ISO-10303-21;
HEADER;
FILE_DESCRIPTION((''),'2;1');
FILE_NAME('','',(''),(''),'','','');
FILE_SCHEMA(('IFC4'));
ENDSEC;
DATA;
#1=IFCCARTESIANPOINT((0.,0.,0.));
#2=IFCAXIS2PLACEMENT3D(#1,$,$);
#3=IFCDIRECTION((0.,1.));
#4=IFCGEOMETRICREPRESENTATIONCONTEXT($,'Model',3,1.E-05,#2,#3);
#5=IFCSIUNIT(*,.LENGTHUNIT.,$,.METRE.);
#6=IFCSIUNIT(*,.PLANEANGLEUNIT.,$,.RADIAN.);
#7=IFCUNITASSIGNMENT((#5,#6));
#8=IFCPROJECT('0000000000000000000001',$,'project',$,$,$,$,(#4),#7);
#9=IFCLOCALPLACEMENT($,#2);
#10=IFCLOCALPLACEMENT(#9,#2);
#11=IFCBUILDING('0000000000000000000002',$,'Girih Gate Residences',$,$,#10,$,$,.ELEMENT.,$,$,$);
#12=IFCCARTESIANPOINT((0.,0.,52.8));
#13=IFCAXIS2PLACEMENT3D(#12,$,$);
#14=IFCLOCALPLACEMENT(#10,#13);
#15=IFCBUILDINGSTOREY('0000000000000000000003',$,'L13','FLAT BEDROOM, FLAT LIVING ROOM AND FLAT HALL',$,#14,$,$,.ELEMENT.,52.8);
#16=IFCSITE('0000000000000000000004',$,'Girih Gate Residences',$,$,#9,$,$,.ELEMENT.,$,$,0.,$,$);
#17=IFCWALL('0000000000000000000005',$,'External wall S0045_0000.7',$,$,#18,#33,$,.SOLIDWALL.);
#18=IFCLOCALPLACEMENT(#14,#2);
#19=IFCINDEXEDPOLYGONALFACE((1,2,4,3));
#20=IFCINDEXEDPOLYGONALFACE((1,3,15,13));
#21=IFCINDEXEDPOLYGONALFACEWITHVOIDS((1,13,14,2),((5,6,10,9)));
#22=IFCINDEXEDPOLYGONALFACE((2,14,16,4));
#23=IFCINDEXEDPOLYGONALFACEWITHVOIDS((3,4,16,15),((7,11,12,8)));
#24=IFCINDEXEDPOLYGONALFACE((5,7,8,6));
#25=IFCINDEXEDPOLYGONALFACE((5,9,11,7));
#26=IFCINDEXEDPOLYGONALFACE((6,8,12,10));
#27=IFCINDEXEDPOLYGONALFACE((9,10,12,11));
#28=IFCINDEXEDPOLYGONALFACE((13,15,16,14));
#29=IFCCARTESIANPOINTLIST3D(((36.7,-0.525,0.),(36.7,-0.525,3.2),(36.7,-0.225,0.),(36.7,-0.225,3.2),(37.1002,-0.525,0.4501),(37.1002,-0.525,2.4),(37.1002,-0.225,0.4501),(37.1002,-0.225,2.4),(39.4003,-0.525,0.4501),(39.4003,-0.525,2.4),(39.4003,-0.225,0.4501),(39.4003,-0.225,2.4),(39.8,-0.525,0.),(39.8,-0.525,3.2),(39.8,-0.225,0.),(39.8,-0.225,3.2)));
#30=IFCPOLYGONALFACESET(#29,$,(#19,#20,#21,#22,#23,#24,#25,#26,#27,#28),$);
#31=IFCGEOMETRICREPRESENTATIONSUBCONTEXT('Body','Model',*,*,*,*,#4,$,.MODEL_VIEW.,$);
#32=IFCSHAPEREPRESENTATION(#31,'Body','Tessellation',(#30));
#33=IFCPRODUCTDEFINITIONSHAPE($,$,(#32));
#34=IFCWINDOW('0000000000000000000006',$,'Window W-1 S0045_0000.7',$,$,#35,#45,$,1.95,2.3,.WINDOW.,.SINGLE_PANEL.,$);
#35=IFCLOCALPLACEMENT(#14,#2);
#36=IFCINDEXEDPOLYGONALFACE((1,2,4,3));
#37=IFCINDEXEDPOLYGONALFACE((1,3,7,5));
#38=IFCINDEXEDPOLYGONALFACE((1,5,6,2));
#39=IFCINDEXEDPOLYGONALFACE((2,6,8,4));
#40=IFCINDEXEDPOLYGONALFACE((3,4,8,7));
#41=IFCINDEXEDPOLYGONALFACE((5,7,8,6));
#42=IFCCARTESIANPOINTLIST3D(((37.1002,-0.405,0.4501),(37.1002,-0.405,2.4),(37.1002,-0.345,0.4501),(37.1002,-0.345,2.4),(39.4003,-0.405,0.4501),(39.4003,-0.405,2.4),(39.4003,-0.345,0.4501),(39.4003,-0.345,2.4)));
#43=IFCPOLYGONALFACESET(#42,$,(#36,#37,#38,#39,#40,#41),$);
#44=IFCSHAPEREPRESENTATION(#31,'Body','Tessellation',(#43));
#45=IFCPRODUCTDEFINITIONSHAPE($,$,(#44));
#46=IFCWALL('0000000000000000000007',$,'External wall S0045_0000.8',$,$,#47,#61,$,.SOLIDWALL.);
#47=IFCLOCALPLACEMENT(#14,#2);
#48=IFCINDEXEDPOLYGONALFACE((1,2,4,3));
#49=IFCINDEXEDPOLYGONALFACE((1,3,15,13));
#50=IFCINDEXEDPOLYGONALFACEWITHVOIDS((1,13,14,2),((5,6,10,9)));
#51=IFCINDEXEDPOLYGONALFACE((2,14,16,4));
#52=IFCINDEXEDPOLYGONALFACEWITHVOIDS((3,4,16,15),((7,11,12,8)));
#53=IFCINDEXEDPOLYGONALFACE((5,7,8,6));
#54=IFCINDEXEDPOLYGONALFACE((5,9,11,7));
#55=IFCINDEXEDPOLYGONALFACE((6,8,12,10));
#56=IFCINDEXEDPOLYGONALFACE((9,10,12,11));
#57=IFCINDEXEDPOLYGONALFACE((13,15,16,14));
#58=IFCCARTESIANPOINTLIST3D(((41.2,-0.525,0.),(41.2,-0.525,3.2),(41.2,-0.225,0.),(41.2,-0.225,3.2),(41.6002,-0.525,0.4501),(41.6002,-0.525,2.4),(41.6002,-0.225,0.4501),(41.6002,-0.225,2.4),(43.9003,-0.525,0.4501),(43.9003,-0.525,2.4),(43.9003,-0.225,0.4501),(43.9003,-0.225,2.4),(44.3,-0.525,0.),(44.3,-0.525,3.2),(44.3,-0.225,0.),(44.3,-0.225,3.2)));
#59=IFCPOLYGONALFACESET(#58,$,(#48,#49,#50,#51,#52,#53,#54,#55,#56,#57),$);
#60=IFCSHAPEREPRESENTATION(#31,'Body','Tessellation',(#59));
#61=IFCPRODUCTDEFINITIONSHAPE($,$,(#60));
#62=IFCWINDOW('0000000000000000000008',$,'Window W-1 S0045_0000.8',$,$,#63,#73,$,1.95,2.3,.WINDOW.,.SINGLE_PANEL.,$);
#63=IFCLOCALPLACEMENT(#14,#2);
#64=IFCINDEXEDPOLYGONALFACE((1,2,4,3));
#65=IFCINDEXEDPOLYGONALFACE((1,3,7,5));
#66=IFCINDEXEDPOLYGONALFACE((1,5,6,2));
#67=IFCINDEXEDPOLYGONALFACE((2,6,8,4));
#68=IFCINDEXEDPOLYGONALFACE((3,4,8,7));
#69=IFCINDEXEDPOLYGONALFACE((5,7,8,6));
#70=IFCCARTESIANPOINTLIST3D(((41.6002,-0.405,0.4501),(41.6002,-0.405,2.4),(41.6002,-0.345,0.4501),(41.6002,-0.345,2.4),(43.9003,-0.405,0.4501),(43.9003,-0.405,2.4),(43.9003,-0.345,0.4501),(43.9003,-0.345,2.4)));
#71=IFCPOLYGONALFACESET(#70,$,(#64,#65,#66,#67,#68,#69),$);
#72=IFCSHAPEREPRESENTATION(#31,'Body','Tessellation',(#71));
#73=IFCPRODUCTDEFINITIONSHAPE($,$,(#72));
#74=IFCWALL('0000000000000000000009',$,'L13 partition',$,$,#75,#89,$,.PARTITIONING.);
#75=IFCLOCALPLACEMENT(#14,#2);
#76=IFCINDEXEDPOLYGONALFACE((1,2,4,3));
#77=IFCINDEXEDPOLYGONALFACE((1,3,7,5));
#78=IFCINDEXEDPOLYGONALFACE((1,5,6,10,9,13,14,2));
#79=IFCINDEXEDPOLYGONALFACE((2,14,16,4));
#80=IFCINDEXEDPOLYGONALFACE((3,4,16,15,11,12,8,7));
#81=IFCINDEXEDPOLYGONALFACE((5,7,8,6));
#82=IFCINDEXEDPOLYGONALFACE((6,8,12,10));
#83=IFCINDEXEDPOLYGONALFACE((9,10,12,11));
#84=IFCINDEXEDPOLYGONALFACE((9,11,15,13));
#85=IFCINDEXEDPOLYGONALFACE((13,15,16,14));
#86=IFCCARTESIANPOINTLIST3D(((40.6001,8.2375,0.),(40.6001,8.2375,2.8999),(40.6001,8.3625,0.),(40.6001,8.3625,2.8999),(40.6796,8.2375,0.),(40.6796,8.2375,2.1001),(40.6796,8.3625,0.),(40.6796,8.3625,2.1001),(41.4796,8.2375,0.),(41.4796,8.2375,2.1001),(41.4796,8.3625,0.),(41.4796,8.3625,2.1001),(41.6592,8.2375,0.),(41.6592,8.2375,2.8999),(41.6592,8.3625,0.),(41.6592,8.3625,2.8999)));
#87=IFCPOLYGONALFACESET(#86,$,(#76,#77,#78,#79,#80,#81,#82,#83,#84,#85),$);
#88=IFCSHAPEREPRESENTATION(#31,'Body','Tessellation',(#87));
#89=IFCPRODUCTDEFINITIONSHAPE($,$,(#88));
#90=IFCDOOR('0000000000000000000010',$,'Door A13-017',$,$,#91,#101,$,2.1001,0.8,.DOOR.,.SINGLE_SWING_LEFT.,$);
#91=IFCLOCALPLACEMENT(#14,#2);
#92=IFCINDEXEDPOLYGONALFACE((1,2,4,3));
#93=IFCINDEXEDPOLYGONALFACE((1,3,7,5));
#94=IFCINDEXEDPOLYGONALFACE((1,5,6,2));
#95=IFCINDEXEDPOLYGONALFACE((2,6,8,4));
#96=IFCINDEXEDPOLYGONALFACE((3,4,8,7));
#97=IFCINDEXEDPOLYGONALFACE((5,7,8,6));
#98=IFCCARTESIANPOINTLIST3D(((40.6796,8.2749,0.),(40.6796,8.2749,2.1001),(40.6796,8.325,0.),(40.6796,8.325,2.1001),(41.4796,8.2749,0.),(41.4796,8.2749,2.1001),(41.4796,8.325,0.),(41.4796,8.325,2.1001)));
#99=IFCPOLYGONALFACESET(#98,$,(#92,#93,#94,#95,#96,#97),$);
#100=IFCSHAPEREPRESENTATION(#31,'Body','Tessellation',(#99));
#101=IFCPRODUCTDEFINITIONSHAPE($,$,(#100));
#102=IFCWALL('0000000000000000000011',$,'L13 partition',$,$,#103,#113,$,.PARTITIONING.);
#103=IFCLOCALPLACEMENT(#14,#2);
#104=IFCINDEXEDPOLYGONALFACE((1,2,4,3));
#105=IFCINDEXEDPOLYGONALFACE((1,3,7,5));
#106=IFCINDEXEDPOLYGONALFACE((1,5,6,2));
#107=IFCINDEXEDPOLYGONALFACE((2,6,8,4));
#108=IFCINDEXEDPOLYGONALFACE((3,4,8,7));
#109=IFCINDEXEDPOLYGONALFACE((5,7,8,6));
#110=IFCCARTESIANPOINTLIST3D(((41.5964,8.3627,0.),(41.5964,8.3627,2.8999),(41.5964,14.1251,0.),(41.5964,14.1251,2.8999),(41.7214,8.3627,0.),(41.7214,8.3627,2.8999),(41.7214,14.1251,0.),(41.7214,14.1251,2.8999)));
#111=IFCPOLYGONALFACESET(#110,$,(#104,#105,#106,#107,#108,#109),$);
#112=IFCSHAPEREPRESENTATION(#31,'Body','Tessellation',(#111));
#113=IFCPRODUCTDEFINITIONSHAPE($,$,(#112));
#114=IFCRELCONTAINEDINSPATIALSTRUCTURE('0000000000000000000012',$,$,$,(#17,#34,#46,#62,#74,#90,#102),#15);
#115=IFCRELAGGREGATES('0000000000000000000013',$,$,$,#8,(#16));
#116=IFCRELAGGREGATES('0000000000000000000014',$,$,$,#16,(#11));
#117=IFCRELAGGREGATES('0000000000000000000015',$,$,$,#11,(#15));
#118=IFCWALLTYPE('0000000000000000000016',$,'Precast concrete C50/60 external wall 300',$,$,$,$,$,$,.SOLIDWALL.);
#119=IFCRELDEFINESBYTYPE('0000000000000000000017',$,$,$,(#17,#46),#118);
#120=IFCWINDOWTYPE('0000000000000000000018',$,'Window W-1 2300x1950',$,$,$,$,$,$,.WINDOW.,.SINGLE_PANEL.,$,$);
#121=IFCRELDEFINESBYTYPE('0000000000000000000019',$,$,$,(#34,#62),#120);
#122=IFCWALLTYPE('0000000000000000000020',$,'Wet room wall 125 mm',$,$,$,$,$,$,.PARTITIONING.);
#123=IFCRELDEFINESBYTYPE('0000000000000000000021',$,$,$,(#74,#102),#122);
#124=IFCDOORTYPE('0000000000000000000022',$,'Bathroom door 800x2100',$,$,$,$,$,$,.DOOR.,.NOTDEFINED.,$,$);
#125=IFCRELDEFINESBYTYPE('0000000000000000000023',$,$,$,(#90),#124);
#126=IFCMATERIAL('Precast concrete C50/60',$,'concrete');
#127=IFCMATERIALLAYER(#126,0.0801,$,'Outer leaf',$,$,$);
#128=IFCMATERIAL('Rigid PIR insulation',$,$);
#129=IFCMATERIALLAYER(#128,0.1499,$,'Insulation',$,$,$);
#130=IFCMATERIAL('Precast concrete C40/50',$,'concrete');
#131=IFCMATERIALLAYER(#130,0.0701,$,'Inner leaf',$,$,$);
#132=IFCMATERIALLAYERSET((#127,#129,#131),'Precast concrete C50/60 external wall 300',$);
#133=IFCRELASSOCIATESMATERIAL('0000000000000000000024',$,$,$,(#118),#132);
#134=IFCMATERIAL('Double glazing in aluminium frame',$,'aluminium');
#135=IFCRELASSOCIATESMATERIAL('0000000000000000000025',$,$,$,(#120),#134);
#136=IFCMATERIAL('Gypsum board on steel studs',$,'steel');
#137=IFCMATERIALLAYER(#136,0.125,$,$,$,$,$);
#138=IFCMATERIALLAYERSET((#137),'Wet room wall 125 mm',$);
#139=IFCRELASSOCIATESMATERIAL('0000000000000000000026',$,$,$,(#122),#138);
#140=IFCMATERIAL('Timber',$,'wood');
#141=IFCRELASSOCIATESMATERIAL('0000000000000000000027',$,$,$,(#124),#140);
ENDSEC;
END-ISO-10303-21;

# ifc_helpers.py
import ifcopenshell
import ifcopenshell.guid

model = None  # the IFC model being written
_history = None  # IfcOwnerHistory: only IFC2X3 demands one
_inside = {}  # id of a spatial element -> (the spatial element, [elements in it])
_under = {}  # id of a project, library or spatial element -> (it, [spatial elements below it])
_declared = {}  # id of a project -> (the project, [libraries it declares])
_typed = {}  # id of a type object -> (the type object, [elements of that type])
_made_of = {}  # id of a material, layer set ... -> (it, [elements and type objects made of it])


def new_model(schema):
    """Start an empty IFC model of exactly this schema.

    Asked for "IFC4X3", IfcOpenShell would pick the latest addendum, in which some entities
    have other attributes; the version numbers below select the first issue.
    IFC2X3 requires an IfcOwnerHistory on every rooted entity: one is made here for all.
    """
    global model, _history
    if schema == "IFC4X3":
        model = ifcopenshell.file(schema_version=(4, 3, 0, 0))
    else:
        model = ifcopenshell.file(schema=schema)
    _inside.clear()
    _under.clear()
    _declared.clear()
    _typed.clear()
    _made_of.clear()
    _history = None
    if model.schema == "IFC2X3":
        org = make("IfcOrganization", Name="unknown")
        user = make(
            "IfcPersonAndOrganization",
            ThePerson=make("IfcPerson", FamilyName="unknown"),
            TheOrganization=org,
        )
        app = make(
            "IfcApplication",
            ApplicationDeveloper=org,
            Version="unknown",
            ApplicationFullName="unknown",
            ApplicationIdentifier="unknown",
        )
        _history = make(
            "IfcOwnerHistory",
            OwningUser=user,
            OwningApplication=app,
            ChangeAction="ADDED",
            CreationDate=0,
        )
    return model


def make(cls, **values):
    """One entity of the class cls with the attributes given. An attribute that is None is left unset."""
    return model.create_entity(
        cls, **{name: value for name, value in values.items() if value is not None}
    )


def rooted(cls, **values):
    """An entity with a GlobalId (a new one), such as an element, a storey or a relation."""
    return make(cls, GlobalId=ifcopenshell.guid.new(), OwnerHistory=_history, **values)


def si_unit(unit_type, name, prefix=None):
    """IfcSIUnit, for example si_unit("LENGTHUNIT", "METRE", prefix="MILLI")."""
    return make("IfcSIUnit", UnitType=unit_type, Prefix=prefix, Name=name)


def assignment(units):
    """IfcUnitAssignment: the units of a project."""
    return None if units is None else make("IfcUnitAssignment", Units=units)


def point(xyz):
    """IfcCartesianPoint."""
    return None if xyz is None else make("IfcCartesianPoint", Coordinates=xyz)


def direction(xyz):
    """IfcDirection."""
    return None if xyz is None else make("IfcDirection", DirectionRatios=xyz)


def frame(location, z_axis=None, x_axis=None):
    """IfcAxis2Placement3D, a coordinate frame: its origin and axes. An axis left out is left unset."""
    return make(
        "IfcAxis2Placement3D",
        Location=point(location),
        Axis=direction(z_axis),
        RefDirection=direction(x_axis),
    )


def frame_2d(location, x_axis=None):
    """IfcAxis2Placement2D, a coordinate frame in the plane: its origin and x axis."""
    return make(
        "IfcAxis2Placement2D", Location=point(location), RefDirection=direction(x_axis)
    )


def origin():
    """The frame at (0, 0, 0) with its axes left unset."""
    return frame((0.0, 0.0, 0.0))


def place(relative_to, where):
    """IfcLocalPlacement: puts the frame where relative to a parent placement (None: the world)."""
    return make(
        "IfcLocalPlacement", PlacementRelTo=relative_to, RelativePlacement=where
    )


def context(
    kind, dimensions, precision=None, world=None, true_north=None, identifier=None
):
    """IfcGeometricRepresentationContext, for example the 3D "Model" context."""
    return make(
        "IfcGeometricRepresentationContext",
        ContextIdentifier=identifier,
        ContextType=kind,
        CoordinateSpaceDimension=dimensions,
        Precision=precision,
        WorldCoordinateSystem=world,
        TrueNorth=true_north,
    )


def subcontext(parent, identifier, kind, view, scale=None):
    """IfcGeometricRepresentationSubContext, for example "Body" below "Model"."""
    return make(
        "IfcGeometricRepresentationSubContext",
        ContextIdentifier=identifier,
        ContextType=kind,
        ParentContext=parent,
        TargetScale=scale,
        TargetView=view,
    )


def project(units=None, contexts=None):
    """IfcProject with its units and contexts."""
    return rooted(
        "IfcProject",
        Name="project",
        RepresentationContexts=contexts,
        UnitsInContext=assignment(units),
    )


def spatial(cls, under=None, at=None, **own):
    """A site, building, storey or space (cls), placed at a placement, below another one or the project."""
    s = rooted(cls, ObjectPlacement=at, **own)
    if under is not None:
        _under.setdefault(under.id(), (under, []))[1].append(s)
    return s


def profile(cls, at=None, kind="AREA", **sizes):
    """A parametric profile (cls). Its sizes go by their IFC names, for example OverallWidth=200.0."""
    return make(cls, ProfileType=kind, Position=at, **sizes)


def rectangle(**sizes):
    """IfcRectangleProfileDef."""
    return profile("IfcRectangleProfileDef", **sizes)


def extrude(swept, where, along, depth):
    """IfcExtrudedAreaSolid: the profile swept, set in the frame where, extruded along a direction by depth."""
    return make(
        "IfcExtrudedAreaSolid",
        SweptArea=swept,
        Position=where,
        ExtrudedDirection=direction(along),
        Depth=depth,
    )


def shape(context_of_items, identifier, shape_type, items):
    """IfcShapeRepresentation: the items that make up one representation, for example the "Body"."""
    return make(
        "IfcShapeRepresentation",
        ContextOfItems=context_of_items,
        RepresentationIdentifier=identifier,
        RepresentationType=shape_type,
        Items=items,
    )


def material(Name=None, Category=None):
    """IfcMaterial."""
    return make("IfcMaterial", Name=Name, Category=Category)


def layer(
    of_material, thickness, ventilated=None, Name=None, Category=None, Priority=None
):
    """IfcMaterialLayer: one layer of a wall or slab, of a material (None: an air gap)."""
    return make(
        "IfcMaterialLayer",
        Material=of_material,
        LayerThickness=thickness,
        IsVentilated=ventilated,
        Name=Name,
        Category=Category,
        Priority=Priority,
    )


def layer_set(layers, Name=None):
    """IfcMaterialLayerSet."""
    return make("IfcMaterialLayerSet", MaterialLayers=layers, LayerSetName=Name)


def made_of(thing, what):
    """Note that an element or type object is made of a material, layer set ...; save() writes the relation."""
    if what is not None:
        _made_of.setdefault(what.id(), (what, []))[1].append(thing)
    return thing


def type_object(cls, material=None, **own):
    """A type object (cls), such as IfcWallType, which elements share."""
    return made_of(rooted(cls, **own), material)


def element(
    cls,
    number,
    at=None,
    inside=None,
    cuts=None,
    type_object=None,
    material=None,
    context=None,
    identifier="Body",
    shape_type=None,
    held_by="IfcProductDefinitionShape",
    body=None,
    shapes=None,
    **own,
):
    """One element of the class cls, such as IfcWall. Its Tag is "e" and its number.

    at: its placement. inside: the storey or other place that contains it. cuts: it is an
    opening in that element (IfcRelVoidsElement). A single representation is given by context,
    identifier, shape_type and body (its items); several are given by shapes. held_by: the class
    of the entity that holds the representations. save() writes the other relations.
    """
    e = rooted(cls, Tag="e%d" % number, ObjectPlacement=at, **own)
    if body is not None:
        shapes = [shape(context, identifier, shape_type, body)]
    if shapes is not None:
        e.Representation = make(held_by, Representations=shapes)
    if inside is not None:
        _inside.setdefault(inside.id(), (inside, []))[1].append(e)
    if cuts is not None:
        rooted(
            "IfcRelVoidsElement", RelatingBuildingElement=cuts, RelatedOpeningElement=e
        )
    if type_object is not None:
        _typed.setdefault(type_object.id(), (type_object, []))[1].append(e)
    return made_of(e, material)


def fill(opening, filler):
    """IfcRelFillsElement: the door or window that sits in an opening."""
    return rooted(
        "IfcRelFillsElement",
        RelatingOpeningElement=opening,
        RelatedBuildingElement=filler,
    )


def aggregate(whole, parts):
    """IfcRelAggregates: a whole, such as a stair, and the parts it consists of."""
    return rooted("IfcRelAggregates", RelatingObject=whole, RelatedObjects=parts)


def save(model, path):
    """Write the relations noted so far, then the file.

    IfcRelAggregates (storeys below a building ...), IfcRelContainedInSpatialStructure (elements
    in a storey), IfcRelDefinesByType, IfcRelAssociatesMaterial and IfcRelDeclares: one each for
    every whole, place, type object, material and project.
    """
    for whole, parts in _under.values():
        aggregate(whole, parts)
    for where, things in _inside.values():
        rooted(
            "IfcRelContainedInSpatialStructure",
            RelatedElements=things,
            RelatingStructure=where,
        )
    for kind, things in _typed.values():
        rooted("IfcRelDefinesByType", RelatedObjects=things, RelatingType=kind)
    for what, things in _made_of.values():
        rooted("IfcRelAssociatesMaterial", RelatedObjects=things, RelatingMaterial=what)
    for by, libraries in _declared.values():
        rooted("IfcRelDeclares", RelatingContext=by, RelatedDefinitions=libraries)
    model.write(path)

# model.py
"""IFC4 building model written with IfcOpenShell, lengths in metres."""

from ifc_helpers import new_model, si_unit, direction, frame, frame_2d, origin, place, context, subcontext, project, spatial, rectangle, extrude, material, layer, layer_set, type_object, element, fill, save


model = new_model("IFC4")

# Units and contexts
model_context = context("Model", 3, precision=1e-05, world=origin(), true_north=direction((0.0, 1.0)))
body_context = subcontext(model_context, "Body", "Model", "MODEL_VIEW")
ifc_project = project(units=[si_unit("LENGTHUNIT", "METRE"), si_unit("PLANEANGLEUNIT", "RADIAN")], contexts=[model_context])

# Site, building, storey
site_placement = place(None, origin())
site = spatial("IfcSite", under=ifc_project, at=site_placement, Name="Girih Gate Residences", CompositionType="ELEMENT", RefElevation=0.0)
building_placement = place(site_placement, origin())
building = spatial("IfcBuilding", under=site, at=building_placement, Name="Girih Gate Residences", CompositionType="ELEMENT")
storey_placement = place(building_placement, frame((0.0, 0.0, 52.8)))
storey = spatial("IfcBuildingStorey", under=building, at=storey_placement, Name="L13", Description="FLAT BEDROOM, FLAT LIVING ROOM AND FLAT HALL", CompositionType="ELEMENT", Elevation=52.8)

# Shared definitions
ifc_material_1 = material(Name="Gypsum board on steel studs", Category="steel")
ifc_material_2 = material(Name="Timber", Category="wood")

# Walls, openings, windows
ifc_material_3 = material(Name="Precast concrete C50/60", Category="concrete")
ifc_layer_1 = layer(ifc_material_3, 0.0801, Name="Outer leaf")
ifc_material_4 = material(Name="Rigid PIR insulation")
ifc_layer_2 = layer(ifc_material_4, 0.1499, Name="Insulation")
ifc_material_5 = material(Name="Precast concrete C40/50", Category="concrete")
ifc_layer_3 = layer(ifc_material_5, 0.0701, Name="Inner leaf")
ifc_layer_set_1 = layer_set([ifc_layer_1, ifc_layer_2, ifc_layer_3], Name="Precast concrete C50/60 external wall 300")
wall_type_1 = type_object("IfcWallType", Name="Precast concrete C50/60 external wall 300", PredefinedType="SOLIDWALL", material=ifc_layer_set_1)
wall_1_placement = place(storey_placement, frame((39.8, -0.375, 0.0), z_axis=(0.0, 0.0, 1.0), x_axis=(-1.0, 0.0, 0.0)))
wall_1 = element("IfcWall", 1, at=wall_1_placement, inside=storey, type_object=wall_type_1, Name="External wall S0045_0000.7", PredefinedType="SOLIDWALL", context=body_context, shape_type="SweptSolid", body=[
    extrude(rectangle(XDim=3.1001, YDim=0.3, at=frame_2d((1.55, 0.0))), origin(), (0.0, 0.0, 1.0), 3.2),
])
opening_1_placement = place(wall_1_placement, frame((0.3999, 0.0, 0.45)))
opening_1 = element("IfcOpeningElement", 2, at=opening_1_placement, cuts=wall_1, PredefinedType="OPENING", context=body_context, shape_type="SweptSolid", body=[
    extrude(rectangle(XDim=2.3, YDim=1.95, at=frame_2d((1.1499, 0.9751))), frame((0.0, 0.1599, 0.0), z_axis=(0.0, -1.0, 0.0), x_axis=(1.0, 0.0, 0.0)), (0.0, 0.0, 1.0), 0.3201),
])
ifc_material_6 = material(Name="Double glazing in aluminium frame", Category="aluminium")
window_type = type_object("IfcWindowType", Name="Window W-1 2300x1950", PartitioningType="SINGLE_PANEL", PredefinedType="WINDOW", material=ifc_material_6)
window_1_placement = place(opening_1_placement, origin())
window_1 = element("IfcWindow", 3, at=window_1_placement, inside=storey, type_object=window_type, Name="Window W-1 S0045_0000.7", OverallHeight=1.95, OverallWidth=2.3, PartitioningType="SINGLE_PANEL", PredefinedType="WINDOW", context=body_context, shape_type="SweptSolid", body=[
    extrude(rectangle(XDim=2.3, YDim=1.95, at=frame_2d((1.1499, 0.9751))), frame((0.0, 0.03, 0.0), z_axis=(0.0, -1.0, 0.0), x_axis=(1.0, 0.0, 0.0)), (0.0, 0.0, 1.0), 0.0601),
])
fill(opening_1, window_1)
wall_2_placement = place(storey_placement, frame((44.3, -0.375, 0.0), z_axis=(0.0, 0.0, 1.0), x_axis=(-1.0, 0.0, 0.0)))
wall_2 = element("IfcWall", 4, at=wall_2_placement, inside=storey, type_object=wall_type_1, Name="External wall S0045_0000.8", PredefinedType="SOLIDWALL", context=body_context, shape_type="SweptSolid", body=[
    extrude(rectangle(XDim=3.1001, YDim=0.3, at=frame_2d((1.55, 0.0))), origin(), (0.0, 0.0, 1.0), 3.2),
])
opening_2_placement = place(wall_2_placement, frame((0.3999, 0.0, 0.45)))
opening_2 = element("IfcOpeningElement", 5, at=opening_2_placement, cuts=wall_2, PredefinedType="OPENING", context=body_context, shape_type="SweptSolid", body=[
    extrude(rectangle(XDim=2.3, YDim=1.95, at=frame_2d((1.1499, 0.9751))), frame((0.0, 0.1599, 0.0), z_axis=(0.0, -1.0, 0.0), x_axis=(1.0, 0.0, 0.0)), (0.0, 0.0, 1.0), 0.3201),
])
window_2_placement = place(opening_2_placement, origin())
window_2 = element("IfcWindow", 6, at=window_2_placement, inside=storey, type_object=window_type, Name="Window W-1 S0045_0000.8", OverallHeight=1.95, OverallWidth=2.3, PartitioningType="SINGLE_PANEL", PredefinedType="WINDOW", context=body_context, shape_type="SweptSolid", body=[
    extrude(rectangle(XDim=2.3, YDim=1.95, at=frame_2d((1.1499, 0.9751))), frame((0.0, 0.03, 0.0), z_axis=(0.0, -1.0, 0.0), x_axis=(1.0, 0.0, 0.0)), (0.0, 0.0, 1.0), 0.0601),
])
fill(opening_2, window_2)

# Wall, opening, door
ifc_layer_4 = layer(ifc_material_1, 0.125)
ifc_layer_set_2 = layer_set([ifc_layer_4], Name="Wet room wall 125 mm")
wall_type_2 = type_object("IfcWallType", Name="Wet room wall 125 mm", PredefinedType="PARTITIONING", material=ifc_layer_set_2)
wall_3_placement = place(storey_placement, frame((40.6001, 8.3, 0.0), z_axis=(0.0, 0.0, 1.0), x_axis=(1.0, 0.0, 0.0)))
wall_3 = element("IfcWall", 7, at=wall_3_placement, inside=storey, type_object=wall_type_2, Name="L13 partition", PredefinedType="PARTITIONING", context=body_context, shape_type="SweptSolid", body=[
    extrude(rectangle(XDim=1.0591, YDim=0.125, at=frame_2d((0.5295, 0.0))), origin(), (0.0, 0.0, 1.0), 2.8999),
])
opening_3_placement = place(wall_3_placement, frame((0.0796, 0.0, 0.0)))
opening_3 = element("IfcOpeningElement", 8, at=opening_3_placement, cuts=wall_3, PredefinedType="OPENING", context=body_context, shape_type="SweptSolid", body=[
    extrude(rectangle(XDim=0.8, YDim=2.1001, at=frame_2d((0.3999, 1.05))), frame((0.0, 0.0725, 0.0), z_axis=(0.0, -1.0, 0.0), x_axis=(1.0, 0.0, 0.0)), (0.0, 0.0, 1.0), 0.145),
])
door_type_1 = type_object("IfcDoorType", Name="Bathroom door 800x2100", OperationType="NOTDEFINED", PredefinedType="DOOR", material=ifc_material_2)
door_1_placement = place(opening_3_placement, origin())
door_1 = element("IfcDoor", 9, at=door_1_placement, inside=storey, type_object=door_type_1, Name="Door A13-017", OperationType="SINGLE_SWING_LEFT", OverallHeight=2.1001, OverallWidth=0.8, PredefinedType="DOOR", context=body_context, shape_type="SweptSolid", body=[
    extrude(rectangle(XDim=0.8, YDim=2.1001, at=frame_2d((0.3999, 1.05))), frame((0.0, 0.0249, 0.0), z_axis=(0.0, -1.0, 0.0), x_axis=(1.0, 0.0, 0.0)), (0.0, 0.0, 1.0), 0.05),
])
fill(opening_3, door_1)

# Wall
wall_4_placement = place(storey_placement, frame((41.6589, 8.3625, 0.0), z_axis=(0.0, 0.0, 1.0), x_axis=(0.0, 1.0, 0.0)))
element("IfcWall", 10, at=wall_4_placement, inside=storey, type_object=wall_type_2, Name="L13 partition", PredefinedType="PARTITIONING", context=body_context, shape_type="SweptSolid", body=[
    extrude(rectangle(XDim=5.7625, YDim=0.125, at=frame_2d((2.8813, 0.0))), origin(), (0.0, 0.0, 1.0), 2.8999),
])

save(model, "model.ifc")
